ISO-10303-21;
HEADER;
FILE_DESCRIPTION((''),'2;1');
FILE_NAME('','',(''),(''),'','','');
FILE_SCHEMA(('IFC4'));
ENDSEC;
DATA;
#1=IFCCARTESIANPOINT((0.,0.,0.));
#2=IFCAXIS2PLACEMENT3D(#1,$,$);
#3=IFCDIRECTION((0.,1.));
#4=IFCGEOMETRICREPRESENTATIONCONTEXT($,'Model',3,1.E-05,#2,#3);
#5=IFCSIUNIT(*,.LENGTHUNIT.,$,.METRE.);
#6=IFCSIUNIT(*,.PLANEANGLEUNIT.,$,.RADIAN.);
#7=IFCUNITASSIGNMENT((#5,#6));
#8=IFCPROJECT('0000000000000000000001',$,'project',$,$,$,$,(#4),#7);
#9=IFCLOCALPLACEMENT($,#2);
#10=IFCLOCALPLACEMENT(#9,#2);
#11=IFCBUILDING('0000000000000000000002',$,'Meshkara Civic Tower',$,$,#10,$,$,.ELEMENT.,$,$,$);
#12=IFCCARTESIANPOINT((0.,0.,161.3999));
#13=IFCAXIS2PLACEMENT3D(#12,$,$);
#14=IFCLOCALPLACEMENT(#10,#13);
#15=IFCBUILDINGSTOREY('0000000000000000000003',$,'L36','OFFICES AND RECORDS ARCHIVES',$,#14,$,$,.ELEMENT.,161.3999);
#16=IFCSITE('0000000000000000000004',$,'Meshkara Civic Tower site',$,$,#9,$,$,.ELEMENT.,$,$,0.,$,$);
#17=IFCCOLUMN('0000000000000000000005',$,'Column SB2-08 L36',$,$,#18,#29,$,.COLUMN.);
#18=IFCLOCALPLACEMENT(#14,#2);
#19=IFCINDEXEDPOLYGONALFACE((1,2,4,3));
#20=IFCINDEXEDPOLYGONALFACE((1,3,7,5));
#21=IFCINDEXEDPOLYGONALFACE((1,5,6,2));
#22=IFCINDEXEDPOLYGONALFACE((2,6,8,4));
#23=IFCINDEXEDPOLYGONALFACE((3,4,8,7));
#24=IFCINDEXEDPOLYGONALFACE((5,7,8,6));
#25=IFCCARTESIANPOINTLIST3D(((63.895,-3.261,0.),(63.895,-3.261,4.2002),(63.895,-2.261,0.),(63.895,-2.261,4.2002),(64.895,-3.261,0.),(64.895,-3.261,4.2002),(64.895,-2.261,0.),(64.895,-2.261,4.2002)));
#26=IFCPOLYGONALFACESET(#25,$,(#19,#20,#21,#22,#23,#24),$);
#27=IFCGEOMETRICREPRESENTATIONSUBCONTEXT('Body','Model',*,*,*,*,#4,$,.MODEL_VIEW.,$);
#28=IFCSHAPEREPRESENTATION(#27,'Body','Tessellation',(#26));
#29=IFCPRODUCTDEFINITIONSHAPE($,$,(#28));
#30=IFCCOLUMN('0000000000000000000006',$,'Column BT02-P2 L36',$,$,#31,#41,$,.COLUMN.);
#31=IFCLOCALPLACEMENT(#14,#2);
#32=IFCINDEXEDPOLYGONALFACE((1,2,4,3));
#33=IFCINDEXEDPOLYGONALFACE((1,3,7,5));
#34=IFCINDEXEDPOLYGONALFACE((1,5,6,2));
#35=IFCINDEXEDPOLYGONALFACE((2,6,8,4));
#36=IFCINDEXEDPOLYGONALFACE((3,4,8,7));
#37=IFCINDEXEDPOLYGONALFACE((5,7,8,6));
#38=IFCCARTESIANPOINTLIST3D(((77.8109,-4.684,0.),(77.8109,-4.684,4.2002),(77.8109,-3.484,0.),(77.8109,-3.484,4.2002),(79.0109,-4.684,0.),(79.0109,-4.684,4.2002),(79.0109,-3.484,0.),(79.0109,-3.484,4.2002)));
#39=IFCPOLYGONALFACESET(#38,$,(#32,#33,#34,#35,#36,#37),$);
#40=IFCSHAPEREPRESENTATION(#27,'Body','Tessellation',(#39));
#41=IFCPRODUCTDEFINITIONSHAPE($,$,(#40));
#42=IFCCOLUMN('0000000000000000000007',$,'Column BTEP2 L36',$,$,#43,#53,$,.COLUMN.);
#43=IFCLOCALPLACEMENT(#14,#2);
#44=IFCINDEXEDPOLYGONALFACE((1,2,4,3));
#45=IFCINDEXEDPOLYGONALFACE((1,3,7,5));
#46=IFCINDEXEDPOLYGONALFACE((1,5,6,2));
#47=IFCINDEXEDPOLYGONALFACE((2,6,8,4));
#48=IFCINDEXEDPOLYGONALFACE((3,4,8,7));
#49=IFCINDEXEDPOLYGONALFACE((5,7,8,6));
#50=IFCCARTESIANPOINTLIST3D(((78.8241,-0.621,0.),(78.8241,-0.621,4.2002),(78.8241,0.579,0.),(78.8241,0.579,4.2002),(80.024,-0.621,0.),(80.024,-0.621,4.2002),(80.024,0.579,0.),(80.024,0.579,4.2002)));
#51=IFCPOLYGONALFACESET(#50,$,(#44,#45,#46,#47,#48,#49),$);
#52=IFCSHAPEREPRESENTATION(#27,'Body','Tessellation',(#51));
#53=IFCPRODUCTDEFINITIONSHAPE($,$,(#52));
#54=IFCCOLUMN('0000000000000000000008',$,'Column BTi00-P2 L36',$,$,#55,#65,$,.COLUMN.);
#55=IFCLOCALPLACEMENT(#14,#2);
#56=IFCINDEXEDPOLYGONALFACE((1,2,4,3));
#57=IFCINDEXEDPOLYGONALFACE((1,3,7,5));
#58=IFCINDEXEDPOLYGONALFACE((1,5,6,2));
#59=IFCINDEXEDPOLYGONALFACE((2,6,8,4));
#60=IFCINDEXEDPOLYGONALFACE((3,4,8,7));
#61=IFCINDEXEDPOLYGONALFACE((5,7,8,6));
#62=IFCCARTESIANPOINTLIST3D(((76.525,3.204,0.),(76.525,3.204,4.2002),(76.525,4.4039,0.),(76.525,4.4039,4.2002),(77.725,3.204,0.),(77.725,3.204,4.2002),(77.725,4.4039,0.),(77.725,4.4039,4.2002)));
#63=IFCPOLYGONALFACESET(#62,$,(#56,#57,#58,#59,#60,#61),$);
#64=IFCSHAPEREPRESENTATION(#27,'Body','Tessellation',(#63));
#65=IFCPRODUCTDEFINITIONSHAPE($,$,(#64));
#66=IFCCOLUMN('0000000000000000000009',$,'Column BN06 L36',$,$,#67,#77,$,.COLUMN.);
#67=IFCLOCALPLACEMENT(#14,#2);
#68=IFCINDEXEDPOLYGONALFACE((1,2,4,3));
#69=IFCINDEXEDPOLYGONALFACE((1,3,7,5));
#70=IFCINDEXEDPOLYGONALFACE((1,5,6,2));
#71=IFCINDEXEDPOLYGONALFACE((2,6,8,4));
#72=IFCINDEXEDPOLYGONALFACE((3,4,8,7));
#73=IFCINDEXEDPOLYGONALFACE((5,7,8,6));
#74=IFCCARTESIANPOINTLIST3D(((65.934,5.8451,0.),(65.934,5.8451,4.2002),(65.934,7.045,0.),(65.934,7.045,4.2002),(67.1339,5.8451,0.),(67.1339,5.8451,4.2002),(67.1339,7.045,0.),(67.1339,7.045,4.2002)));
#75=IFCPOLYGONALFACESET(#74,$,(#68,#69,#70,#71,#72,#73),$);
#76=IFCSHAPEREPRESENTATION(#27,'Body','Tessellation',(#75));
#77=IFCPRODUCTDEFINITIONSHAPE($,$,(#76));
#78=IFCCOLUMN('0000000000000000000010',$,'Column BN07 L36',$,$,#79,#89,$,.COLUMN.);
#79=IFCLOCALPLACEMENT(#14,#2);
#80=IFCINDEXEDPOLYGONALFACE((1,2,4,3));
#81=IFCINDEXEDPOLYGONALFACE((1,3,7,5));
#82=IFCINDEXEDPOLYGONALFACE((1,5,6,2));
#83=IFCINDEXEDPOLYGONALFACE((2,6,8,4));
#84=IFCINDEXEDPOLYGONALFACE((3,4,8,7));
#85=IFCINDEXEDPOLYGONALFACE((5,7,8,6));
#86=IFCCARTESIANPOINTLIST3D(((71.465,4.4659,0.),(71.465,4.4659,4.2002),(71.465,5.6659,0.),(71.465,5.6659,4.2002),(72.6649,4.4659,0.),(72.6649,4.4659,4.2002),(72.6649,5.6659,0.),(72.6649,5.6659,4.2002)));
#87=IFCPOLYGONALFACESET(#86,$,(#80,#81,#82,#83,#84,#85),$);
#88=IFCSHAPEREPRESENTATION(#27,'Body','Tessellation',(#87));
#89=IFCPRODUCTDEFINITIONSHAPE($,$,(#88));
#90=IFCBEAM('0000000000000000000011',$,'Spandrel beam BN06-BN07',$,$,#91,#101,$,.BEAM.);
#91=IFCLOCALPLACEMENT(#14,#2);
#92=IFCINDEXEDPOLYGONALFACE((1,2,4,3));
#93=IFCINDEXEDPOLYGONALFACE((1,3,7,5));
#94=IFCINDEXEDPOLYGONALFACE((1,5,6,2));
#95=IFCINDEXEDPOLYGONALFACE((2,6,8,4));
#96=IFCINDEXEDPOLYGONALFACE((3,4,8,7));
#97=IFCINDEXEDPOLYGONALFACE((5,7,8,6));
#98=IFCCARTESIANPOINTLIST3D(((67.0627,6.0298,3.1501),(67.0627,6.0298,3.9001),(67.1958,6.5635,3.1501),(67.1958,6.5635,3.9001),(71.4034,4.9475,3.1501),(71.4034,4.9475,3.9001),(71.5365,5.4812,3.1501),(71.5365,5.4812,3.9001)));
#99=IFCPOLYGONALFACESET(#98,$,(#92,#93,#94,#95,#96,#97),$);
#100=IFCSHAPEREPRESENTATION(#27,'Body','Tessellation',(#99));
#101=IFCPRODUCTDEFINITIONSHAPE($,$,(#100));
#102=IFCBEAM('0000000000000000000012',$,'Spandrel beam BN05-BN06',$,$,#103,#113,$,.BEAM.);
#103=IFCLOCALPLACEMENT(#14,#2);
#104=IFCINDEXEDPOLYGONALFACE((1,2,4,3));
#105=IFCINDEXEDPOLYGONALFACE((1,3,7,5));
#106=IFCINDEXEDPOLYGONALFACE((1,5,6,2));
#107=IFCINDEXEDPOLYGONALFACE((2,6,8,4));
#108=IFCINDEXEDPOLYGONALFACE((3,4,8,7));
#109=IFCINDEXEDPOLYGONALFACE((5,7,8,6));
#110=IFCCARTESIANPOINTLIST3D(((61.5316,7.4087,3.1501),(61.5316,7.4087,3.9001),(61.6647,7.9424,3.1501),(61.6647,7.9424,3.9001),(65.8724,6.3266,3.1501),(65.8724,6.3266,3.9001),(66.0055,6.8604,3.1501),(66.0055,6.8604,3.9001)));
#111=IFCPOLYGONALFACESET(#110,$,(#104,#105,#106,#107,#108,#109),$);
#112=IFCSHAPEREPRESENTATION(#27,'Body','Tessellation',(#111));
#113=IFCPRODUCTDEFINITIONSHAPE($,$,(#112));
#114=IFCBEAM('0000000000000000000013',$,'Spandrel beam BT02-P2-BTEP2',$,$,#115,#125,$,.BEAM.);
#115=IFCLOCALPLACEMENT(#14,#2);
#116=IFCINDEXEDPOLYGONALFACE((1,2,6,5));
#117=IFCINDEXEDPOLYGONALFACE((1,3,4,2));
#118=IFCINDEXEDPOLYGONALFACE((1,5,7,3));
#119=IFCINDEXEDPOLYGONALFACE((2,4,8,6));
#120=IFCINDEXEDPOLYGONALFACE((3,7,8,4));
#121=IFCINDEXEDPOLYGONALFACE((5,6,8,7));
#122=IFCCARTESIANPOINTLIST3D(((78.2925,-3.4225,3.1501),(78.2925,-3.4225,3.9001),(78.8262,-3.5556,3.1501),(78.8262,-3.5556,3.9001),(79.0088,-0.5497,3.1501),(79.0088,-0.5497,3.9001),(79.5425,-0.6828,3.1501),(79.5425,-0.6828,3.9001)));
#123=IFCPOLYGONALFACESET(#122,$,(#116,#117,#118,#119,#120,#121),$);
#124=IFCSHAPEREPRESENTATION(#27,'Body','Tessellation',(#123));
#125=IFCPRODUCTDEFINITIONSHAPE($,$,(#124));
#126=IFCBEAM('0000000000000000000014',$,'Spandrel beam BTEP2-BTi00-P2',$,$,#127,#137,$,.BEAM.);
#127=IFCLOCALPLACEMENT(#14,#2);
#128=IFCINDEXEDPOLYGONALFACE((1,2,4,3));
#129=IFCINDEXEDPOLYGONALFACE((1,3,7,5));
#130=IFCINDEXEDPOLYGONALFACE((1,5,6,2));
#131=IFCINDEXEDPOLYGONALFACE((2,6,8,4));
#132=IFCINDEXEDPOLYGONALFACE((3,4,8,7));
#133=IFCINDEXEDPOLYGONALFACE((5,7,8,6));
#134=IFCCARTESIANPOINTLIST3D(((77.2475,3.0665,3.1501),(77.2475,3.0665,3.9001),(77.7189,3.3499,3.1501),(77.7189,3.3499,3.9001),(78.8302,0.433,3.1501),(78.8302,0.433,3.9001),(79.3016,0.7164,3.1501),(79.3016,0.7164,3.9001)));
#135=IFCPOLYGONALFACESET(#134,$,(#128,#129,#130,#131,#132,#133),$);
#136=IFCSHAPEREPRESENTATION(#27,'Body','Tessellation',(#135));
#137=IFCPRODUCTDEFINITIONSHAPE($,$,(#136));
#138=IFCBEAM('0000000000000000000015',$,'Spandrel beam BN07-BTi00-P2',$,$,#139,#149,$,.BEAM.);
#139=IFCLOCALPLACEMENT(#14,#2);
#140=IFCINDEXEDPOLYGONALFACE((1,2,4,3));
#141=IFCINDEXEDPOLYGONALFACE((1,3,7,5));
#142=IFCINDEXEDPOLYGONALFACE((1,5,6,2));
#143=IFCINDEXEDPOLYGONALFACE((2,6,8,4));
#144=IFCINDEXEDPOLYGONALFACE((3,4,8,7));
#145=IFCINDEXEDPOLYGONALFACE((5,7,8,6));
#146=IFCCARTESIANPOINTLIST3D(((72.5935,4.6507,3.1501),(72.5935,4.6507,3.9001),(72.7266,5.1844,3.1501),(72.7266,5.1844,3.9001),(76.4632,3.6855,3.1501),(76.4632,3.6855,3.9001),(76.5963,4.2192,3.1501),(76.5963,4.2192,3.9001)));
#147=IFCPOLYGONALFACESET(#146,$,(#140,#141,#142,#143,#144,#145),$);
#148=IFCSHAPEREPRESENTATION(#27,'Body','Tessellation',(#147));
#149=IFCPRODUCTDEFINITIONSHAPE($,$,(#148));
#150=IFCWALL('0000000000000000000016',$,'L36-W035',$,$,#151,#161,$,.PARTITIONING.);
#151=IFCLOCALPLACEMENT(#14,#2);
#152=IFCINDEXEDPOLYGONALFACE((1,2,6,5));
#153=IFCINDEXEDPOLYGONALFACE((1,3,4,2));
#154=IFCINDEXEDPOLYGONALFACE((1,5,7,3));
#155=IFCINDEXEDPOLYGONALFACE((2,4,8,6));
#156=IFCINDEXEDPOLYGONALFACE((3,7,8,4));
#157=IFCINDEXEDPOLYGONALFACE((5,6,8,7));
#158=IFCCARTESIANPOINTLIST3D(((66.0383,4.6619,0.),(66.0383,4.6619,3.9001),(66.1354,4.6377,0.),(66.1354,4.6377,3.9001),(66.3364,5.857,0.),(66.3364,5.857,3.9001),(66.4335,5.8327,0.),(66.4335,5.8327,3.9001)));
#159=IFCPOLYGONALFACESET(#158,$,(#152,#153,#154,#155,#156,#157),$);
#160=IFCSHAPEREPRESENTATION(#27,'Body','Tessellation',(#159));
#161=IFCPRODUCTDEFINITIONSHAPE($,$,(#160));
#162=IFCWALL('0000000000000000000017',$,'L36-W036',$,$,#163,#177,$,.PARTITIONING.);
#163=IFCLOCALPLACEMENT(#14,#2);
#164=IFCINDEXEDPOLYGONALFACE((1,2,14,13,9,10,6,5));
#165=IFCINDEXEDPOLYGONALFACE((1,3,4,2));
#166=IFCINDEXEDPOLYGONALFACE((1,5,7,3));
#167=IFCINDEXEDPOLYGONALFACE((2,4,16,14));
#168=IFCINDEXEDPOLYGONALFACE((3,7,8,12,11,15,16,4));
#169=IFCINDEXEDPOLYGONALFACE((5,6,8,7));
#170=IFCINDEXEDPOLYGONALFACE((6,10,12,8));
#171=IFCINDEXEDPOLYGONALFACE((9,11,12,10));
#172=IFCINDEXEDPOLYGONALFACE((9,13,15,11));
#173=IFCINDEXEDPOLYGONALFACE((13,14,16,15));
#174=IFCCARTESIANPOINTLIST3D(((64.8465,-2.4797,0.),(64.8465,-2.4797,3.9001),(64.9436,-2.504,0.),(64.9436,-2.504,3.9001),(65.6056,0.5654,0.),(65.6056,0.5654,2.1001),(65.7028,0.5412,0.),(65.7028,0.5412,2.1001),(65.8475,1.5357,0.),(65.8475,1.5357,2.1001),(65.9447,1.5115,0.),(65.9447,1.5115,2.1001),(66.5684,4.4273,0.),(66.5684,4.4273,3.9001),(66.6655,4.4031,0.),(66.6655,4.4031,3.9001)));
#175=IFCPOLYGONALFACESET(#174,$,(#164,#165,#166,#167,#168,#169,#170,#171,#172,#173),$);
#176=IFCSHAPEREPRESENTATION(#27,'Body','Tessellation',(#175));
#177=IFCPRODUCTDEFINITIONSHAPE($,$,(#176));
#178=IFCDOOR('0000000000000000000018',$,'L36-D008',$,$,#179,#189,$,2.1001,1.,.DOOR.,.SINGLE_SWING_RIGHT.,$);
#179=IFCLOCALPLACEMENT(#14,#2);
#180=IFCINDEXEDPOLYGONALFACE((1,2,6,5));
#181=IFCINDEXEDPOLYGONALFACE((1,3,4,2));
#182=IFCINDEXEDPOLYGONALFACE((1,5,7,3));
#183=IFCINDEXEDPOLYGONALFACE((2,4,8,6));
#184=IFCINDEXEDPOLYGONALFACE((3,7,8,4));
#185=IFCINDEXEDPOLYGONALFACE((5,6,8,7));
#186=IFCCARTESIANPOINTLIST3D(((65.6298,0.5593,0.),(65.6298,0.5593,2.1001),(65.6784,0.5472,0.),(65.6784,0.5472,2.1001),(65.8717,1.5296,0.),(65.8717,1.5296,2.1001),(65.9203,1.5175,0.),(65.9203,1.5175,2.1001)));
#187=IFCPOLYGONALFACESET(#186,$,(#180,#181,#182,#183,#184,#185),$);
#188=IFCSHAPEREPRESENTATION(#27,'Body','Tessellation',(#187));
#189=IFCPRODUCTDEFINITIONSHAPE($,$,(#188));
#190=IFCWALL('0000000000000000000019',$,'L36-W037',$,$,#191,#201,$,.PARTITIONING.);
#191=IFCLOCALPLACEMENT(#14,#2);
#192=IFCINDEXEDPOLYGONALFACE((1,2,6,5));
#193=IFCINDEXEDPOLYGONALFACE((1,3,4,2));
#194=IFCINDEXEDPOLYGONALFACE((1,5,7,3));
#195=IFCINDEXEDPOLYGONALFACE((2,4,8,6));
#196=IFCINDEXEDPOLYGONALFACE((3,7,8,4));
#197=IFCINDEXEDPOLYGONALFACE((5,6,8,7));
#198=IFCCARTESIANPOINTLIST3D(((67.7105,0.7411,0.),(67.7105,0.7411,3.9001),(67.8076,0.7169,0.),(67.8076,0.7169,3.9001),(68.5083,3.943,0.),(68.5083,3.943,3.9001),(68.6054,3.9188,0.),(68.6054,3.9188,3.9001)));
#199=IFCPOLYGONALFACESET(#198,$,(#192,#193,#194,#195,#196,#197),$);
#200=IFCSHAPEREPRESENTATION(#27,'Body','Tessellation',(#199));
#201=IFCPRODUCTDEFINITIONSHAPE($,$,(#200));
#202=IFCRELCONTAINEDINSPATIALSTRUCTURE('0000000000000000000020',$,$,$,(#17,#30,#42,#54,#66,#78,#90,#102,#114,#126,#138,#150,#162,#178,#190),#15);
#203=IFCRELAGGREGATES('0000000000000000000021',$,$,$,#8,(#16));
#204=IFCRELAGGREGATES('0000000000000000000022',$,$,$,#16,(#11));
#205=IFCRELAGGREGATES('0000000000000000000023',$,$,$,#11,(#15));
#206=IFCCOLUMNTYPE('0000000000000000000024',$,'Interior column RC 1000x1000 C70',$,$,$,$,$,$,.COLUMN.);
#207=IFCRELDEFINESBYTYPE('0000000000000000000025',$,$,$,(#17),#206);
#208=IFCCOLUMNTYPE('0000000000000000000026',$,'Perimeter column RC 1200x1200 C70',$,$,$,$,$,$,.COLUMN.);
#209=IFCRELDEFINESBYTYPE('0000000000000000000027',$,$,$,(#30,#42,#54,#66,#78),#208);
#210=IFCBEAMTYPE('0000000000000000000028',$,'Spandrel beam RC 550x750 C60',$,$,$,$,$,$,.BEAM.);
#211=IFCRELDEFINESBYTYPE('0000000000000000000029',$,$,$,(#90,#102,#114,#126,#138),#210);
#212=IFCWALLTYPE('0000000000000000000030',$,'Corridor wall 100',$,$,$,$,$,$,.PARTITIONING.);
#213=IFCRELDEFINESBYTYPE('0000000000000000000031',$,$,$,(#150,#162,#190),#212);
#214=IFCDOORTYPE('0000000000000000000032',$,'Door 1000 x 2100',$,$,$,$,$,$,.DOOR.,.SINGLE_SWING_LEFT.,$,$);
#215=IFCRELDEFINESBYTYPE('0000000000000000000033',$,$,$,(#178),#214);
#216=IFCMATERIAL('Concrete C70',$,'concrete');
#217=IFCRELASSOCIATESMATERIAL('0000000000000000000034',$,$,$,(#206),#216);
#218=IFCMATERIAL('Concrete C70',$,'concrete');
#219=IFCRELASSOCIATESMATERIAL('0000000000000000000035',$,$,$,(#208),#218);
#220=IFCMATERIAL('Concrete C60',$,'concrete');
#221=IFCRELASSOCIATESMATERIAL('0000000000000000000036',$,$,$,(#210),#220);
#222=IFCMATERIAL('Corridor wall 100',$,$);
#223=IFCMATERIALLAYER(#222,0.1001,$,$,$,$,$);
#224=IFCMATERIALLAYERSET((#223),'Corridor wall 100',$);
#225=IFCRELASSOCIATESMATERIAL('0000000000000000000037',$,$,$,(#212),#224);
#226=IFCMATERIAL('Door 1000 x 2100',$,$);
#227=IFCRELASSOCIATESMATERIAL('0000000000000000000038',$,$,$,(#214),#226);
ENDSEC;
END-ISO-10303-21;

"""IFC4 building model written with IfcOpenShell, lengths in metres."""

from ifc_helpers import new_model, si_unit, direction, frame, frame_2d, origin, origin_2d, place, context, subcontext, project, spatial, rectangle, extrude, material, layer, layer_set, material_profile, profile_set, type_object, element, fill, save


model = new_model("IFC4")

# Units and contexts
model_context = context("Model", 3, precision=1e-05, world=origin(), true_north=direction((0.0, 1.0)))
body_context = subcontext(model_context, "Body", "Model", "MODEL_VIEW")
ifc_project = project(units=[si_unit("LENGTHUNIT", "METRE"), si_unit("PLANEANGLEUNIT", "RADIAN")], contexts=[model_context])

# Site, building, storey
site_placement = place(None, origin())
site = spatial("IfcSite", under=ifc_project, at=site_placement, Name="Meshkara Civic Tower site", CompositionType="ELEMENT", RefElevation=0.0)
building_placement = place(site_placement, origin())
building = spatial("IfcBuilding", under=site, at=building_placement, Name="Meshkara Civic Tower", CompositionType="ELEMENT")
storey_placement = place(building_placement, frame((0.0, 0.0, 161.3999)))
storey = spatial("IfcBuildingStorey", under=building, at=storey_placement, Name="L36", Description="OFFICES AND RECORDS ARCHIVES", CompositionType="ELEMENT", Elevation=161.3999)

# Columns
ifc_material_1 = material(Name="Concrete C70", Category="concrete")
ifc_material_profile_1 = material_profile(ifc_material_1, rectangle(XDim=1.0, YDim=1.0, at=origin_2d()))
ifc_profile_set_1 = profile_set([ifc_material_profile_1], Name="Concrete C70")
column_type_1 = type_object("IfcColumnType", Name="Interior column RC 1000x1000 C70", PredefinedType="COLUMN", material=ifc_profile_set_1)
column_placement = place(storey_placement, frame((64.395, -2.761, 0.0), z_axis=(0.0, 0.0, 1.0), x_axis=(1.0, 0.0, 0.0)))
element("IfcColumn", 1, at=column_placement, inside=storey, type_object=column_type_1, Name="Column SB2-08 L36", PredefinedType="COLUMN", context=body_context, shape_type="SweptSolid", body=[
    extrude(rectangle(XDim=1.0, YDim=1.0, at=origin_2d()), origin(), (0.0, 0.0, 1.0), 4.2002),
])
ifc_material_2 = material(Name="Concrete C70", Category="concrete")
ifc_material_profile_2 = material_profile(ifc_material_2, rectangle(XDim=1.2, YDim=1.2, at=origin_2d()))
ifc_profile_set_2 = profile_set([ifc_material_profile_2], Name="Concrete C70")
column_type_2 = type_object("IfcColumnType", Name="Perimeter column RC 1200x1200 C70", PredefinedType="COLUMN", material=ifc_profile_set_2)
for number, where, z_axis, x_axis, name in (
    (2, (78.4109, -4.084, 0.0), (0.0, 0.0, 1.0), (1.0, 0.0, 0.0), "Column BT02-P2 L36"),
    (3, (79.4241, -0.021, 0.0), (0.0, 0.0, 1.0), (1.0, 0.0, 0.0), "Column BTEP2 L36"),
    (4, (77.125, 3.804, 0.0), (0.0, 0.0, 1.0), (1.0, 0.0, 0.0), "Column BTi00-P2 L36"),
    (5, (66.5339, 6.4451, 0.0), (0.0, 0.0, 1.0), (1.0, 0.0, 0.0), "Column BN06 L36"),
    (6, (72.0649, 5.0659, 0.0), (0.0, 0.0, 1.0), (1.0, 0.0, 0.0), "Column BN07 L36"),
):
    element("IfcColumn", number, at=place(storey_placement, frame(where, z_axis=z_axis, x_axis=x_axis)), inside=storey, type_object=column_type_2, Name=name, PredefinedType="COLUMN", context=body_context, shape_type="SweptSolid", body=[
        extrude(rectangle(XDim=1.2, YDim=1.2, at=origin_2d()), origin(), (0.0, 0.0, 1.0), 4.2002),
    ])

# Beams
ifc_material_3 = material(Name="Concrete C60", Category="concrete")
ifc_material_profile_3 = material_profile(ifc_material_3, rectangle(XDim=0.55, YDim=0.75, at=origin_2d()))
ifc_profile_set_3 = profile_set([ifc_material_profile_3], Name="Concrete C60")
beam_type = type_object("IfcBeamType", Name="Spandrel beam RC 550x750 C60", PredefinedType="BEAM", material=ifc_profile_set_3)
for number, where, z_axis, x_axis, name in (
    (7, (71.47, 5.2144, 3.5251), (-0.970296, 0.241919, 0.0), (-0.241919, -0.970296, 0.0), "Spandrel beam BN06-BN07"),
    (8, (65.939, 6.5935, 3.5251), (-0.970309, 0.241868, 0.0), (-0.241868, -0.970309, 0.0), "Spandrel beam BN05-BN06"),
):
    element("IfcBeam", number, at=place(storey_placement, frame(where, z_axis=z_axis, x_axis=x_axis)), inside=storey, type_object=beam_type, Name=name, PredefinedType="BEAM", context=body_context, shape_type="SweptSolid", body=[
        extrude(rectangle(XDim=0.55, YDim=0.75, at=origin_2d()), origin(), (0.0, 0.0, 1.0), 4.4736),
    ])
beam_1_placement = place(storey_placement, frame((78.5593, -3.489, 3.5251), z_axis=(0.241934, 0.970293, 0.0), x_axis=(-0.970293, 0.241934, 0.0)))
element("IfcBeam", 9, at=beam_1_placement, inside=storey, type_object=beam_type, Name="Spandrel beam BT02-P2-BTEP2", PredefinedType="BEAM", context=body_context, shape_type="SweptSolid", body=[
    extrude(rectangle(XDim=0.55, YDim=0.75, at=origin_2d()), origin(), (0.0, 0.0, 1.0), 2.9607),
])
beam_2_placement = place(storey_placement, frame((79.0659, 0.5747, 3.5251), z_axis=(-0.515127, 0.857114, 0.0), x_axis=(-0.857114, -0.515127, 0.0)))
element("IfcBeam", 10, at=beam_2_placement, inside=storey, type_object=beam_type, Name="Spandrel beam BTEP2-BTi00-P2", PredefinedType="BEAM", context=body_context, shape_type="SweptSolid", body=[
    extrude(rectangle(XDim=0.55, YDim=0.75, at=origin_2d()), origin(), (0.0, 0.0, 1.0), 3.0725),
])
beam_3_placement = place(storey_placement, frame((76.5298, 3.9524, 3.5251), z_axis=(-0.970279, 0.241988, 0.0), x_axis=(-0.241988, -0.970279, 0.0)))
element("IfcBeam", 11, at=beam_3_placement, inside=storey, type_object=beam_type, Name="Spandrel beam BN07-BTi00-P2", PredefinedType="BEAM", context=body_context, shape_type="SweptSolid", body=[
    extrude(rectangle(XDim=0.55, YDim=0.75, at=origin_2d()), origin(), (0.0, 0.0, 1.0), 3.9883),
])

# Wall
ifc_material_4 = material(Name="Corridor wall 100")
ifc_layer_1 = layer(ifc_material_4, 0.1001)
ifc_layer_set_1 = layer_set([ifc_layer_1], Name="Corridor wall 100")
wall_type_1 = type_object("IfcWallType", Name="Corridor wall 100", PredefinedType="PARTITIONING", material=ifc_layer_set_1)
wall_1_placement = place(storey_placement, frame((66.0869, 4.6499, 0.0), z_axis=(0.0, 0.0, 1.0), x_axis=(0.242023, 0.970271, 0.0)))
element("IfcWall", 12, at=wall_1_placement, inside=storey, type_object=wall_type_1, Name="L36-W035", PredefinedType="PARTITIONING", context=body_context, shape_type="SweptSolid", body=[
    extrude(rectangle(XDim=1.2317, YDim=0.1001, at=frame_2d((0.6157, 0.0))), origin(), (0.0, 0.0, 1.0), 3.9001),
])

# Wall, opening, door
wall_2_placement = place(storey_placement, frame((66.6169, 4.415, 0.0), z_axis=(0.0, 0.0, 1.0), x_axis=(-0.241898, -0.970302, 0.0)))
wall_2 = element("IfcWall", 13, at=wall_2_placement, inside=storey, type_object=wall_type_1, Name="L36-W036", PredefinedType="PARTITIONING", context=body_context, shape_type="SweptSolid", body=[
    extrude(rectangle(XDim=7.1184, YDim=0.1001, at=frame_2d((3.5591, 0.0))), origin(), (0.0, 0.0, 1.0), 3.9001),
])
opening_1_placement = place(wall_2_placement, frame((2.98, 0.0, 0.0)))
opening_1 = element("IfcOpeningElement", 14, at=opening_1_placement, cuts=wall_2, PredefinedType="OPENING", context=body_context, shape_type="SweptSolid", body=[
    extrude(rectangle(XDim=1.0, YDim=2.1001, at=frame_2d((0.5, 1.05))), frame((0.0, 0.0601, 0.0), z_axis=(0.0, -1.0, 0.0), x_axis=(1.0, 0.0, 0.0)), (0.0, 0.0, 1.0), 0.1201),
])
ifc_material_5 = material(Name="Door 1000 x 2100")
door_type = type_object("IfcDoorType", Name="Door 1000 x 2100", OperationType="SINGLE_SWING_LEFT", PredefinedType="DOOR", material=ifc_material_5)
door_1_placement = place(opening_1_placement, origin())
door_1 = element("IfcDoor", 15, at=door_1_placement, inside=storey, type_object=door_type, Name="L36-D008", OperationType="SINGLE_SWING_RIGHT", OverallHeight=2.1001, OverallWidth=1.0, PredefinedType="DOOR", context=body_context, shape_type="SweptSolid", body=[
    extrude(rectangle(XDim=1.0, YDim=2.1001, at=frame_2d((0.5, 1.05))), frame((0.0, 0.0249, 0.0), z_axis=(0.0, -1.0, 0.0), x_axis=(1.0, 0.0, 0.0)), (0.0, 0.0, 1.0), 0.05),
])
fill(opening_1, door_1)

# Wall
wall_3_placement = place(storey_placement, frame((67.759, 0.729, 0.0), z_axis=(0.0, 0.0, 1.0), x_axis=(0.241787, 0.970329, 0.0)))
element("IfcWall", 16, at=wall_3_placement, inside=storey, type_object=wall_type_1, Name="L36-W037", PredefinedType="PARTITIONING", context=body_context, shape_type="SweptSolid", body=[
    extrude(rectangle(XDim=3.2998, YDim=0.1001, at=frame_2d((1.6499, 0.0))), origin(), (0.0, 0.0, 1.0), 3.9001),
])

save(model, "model.ifc")
